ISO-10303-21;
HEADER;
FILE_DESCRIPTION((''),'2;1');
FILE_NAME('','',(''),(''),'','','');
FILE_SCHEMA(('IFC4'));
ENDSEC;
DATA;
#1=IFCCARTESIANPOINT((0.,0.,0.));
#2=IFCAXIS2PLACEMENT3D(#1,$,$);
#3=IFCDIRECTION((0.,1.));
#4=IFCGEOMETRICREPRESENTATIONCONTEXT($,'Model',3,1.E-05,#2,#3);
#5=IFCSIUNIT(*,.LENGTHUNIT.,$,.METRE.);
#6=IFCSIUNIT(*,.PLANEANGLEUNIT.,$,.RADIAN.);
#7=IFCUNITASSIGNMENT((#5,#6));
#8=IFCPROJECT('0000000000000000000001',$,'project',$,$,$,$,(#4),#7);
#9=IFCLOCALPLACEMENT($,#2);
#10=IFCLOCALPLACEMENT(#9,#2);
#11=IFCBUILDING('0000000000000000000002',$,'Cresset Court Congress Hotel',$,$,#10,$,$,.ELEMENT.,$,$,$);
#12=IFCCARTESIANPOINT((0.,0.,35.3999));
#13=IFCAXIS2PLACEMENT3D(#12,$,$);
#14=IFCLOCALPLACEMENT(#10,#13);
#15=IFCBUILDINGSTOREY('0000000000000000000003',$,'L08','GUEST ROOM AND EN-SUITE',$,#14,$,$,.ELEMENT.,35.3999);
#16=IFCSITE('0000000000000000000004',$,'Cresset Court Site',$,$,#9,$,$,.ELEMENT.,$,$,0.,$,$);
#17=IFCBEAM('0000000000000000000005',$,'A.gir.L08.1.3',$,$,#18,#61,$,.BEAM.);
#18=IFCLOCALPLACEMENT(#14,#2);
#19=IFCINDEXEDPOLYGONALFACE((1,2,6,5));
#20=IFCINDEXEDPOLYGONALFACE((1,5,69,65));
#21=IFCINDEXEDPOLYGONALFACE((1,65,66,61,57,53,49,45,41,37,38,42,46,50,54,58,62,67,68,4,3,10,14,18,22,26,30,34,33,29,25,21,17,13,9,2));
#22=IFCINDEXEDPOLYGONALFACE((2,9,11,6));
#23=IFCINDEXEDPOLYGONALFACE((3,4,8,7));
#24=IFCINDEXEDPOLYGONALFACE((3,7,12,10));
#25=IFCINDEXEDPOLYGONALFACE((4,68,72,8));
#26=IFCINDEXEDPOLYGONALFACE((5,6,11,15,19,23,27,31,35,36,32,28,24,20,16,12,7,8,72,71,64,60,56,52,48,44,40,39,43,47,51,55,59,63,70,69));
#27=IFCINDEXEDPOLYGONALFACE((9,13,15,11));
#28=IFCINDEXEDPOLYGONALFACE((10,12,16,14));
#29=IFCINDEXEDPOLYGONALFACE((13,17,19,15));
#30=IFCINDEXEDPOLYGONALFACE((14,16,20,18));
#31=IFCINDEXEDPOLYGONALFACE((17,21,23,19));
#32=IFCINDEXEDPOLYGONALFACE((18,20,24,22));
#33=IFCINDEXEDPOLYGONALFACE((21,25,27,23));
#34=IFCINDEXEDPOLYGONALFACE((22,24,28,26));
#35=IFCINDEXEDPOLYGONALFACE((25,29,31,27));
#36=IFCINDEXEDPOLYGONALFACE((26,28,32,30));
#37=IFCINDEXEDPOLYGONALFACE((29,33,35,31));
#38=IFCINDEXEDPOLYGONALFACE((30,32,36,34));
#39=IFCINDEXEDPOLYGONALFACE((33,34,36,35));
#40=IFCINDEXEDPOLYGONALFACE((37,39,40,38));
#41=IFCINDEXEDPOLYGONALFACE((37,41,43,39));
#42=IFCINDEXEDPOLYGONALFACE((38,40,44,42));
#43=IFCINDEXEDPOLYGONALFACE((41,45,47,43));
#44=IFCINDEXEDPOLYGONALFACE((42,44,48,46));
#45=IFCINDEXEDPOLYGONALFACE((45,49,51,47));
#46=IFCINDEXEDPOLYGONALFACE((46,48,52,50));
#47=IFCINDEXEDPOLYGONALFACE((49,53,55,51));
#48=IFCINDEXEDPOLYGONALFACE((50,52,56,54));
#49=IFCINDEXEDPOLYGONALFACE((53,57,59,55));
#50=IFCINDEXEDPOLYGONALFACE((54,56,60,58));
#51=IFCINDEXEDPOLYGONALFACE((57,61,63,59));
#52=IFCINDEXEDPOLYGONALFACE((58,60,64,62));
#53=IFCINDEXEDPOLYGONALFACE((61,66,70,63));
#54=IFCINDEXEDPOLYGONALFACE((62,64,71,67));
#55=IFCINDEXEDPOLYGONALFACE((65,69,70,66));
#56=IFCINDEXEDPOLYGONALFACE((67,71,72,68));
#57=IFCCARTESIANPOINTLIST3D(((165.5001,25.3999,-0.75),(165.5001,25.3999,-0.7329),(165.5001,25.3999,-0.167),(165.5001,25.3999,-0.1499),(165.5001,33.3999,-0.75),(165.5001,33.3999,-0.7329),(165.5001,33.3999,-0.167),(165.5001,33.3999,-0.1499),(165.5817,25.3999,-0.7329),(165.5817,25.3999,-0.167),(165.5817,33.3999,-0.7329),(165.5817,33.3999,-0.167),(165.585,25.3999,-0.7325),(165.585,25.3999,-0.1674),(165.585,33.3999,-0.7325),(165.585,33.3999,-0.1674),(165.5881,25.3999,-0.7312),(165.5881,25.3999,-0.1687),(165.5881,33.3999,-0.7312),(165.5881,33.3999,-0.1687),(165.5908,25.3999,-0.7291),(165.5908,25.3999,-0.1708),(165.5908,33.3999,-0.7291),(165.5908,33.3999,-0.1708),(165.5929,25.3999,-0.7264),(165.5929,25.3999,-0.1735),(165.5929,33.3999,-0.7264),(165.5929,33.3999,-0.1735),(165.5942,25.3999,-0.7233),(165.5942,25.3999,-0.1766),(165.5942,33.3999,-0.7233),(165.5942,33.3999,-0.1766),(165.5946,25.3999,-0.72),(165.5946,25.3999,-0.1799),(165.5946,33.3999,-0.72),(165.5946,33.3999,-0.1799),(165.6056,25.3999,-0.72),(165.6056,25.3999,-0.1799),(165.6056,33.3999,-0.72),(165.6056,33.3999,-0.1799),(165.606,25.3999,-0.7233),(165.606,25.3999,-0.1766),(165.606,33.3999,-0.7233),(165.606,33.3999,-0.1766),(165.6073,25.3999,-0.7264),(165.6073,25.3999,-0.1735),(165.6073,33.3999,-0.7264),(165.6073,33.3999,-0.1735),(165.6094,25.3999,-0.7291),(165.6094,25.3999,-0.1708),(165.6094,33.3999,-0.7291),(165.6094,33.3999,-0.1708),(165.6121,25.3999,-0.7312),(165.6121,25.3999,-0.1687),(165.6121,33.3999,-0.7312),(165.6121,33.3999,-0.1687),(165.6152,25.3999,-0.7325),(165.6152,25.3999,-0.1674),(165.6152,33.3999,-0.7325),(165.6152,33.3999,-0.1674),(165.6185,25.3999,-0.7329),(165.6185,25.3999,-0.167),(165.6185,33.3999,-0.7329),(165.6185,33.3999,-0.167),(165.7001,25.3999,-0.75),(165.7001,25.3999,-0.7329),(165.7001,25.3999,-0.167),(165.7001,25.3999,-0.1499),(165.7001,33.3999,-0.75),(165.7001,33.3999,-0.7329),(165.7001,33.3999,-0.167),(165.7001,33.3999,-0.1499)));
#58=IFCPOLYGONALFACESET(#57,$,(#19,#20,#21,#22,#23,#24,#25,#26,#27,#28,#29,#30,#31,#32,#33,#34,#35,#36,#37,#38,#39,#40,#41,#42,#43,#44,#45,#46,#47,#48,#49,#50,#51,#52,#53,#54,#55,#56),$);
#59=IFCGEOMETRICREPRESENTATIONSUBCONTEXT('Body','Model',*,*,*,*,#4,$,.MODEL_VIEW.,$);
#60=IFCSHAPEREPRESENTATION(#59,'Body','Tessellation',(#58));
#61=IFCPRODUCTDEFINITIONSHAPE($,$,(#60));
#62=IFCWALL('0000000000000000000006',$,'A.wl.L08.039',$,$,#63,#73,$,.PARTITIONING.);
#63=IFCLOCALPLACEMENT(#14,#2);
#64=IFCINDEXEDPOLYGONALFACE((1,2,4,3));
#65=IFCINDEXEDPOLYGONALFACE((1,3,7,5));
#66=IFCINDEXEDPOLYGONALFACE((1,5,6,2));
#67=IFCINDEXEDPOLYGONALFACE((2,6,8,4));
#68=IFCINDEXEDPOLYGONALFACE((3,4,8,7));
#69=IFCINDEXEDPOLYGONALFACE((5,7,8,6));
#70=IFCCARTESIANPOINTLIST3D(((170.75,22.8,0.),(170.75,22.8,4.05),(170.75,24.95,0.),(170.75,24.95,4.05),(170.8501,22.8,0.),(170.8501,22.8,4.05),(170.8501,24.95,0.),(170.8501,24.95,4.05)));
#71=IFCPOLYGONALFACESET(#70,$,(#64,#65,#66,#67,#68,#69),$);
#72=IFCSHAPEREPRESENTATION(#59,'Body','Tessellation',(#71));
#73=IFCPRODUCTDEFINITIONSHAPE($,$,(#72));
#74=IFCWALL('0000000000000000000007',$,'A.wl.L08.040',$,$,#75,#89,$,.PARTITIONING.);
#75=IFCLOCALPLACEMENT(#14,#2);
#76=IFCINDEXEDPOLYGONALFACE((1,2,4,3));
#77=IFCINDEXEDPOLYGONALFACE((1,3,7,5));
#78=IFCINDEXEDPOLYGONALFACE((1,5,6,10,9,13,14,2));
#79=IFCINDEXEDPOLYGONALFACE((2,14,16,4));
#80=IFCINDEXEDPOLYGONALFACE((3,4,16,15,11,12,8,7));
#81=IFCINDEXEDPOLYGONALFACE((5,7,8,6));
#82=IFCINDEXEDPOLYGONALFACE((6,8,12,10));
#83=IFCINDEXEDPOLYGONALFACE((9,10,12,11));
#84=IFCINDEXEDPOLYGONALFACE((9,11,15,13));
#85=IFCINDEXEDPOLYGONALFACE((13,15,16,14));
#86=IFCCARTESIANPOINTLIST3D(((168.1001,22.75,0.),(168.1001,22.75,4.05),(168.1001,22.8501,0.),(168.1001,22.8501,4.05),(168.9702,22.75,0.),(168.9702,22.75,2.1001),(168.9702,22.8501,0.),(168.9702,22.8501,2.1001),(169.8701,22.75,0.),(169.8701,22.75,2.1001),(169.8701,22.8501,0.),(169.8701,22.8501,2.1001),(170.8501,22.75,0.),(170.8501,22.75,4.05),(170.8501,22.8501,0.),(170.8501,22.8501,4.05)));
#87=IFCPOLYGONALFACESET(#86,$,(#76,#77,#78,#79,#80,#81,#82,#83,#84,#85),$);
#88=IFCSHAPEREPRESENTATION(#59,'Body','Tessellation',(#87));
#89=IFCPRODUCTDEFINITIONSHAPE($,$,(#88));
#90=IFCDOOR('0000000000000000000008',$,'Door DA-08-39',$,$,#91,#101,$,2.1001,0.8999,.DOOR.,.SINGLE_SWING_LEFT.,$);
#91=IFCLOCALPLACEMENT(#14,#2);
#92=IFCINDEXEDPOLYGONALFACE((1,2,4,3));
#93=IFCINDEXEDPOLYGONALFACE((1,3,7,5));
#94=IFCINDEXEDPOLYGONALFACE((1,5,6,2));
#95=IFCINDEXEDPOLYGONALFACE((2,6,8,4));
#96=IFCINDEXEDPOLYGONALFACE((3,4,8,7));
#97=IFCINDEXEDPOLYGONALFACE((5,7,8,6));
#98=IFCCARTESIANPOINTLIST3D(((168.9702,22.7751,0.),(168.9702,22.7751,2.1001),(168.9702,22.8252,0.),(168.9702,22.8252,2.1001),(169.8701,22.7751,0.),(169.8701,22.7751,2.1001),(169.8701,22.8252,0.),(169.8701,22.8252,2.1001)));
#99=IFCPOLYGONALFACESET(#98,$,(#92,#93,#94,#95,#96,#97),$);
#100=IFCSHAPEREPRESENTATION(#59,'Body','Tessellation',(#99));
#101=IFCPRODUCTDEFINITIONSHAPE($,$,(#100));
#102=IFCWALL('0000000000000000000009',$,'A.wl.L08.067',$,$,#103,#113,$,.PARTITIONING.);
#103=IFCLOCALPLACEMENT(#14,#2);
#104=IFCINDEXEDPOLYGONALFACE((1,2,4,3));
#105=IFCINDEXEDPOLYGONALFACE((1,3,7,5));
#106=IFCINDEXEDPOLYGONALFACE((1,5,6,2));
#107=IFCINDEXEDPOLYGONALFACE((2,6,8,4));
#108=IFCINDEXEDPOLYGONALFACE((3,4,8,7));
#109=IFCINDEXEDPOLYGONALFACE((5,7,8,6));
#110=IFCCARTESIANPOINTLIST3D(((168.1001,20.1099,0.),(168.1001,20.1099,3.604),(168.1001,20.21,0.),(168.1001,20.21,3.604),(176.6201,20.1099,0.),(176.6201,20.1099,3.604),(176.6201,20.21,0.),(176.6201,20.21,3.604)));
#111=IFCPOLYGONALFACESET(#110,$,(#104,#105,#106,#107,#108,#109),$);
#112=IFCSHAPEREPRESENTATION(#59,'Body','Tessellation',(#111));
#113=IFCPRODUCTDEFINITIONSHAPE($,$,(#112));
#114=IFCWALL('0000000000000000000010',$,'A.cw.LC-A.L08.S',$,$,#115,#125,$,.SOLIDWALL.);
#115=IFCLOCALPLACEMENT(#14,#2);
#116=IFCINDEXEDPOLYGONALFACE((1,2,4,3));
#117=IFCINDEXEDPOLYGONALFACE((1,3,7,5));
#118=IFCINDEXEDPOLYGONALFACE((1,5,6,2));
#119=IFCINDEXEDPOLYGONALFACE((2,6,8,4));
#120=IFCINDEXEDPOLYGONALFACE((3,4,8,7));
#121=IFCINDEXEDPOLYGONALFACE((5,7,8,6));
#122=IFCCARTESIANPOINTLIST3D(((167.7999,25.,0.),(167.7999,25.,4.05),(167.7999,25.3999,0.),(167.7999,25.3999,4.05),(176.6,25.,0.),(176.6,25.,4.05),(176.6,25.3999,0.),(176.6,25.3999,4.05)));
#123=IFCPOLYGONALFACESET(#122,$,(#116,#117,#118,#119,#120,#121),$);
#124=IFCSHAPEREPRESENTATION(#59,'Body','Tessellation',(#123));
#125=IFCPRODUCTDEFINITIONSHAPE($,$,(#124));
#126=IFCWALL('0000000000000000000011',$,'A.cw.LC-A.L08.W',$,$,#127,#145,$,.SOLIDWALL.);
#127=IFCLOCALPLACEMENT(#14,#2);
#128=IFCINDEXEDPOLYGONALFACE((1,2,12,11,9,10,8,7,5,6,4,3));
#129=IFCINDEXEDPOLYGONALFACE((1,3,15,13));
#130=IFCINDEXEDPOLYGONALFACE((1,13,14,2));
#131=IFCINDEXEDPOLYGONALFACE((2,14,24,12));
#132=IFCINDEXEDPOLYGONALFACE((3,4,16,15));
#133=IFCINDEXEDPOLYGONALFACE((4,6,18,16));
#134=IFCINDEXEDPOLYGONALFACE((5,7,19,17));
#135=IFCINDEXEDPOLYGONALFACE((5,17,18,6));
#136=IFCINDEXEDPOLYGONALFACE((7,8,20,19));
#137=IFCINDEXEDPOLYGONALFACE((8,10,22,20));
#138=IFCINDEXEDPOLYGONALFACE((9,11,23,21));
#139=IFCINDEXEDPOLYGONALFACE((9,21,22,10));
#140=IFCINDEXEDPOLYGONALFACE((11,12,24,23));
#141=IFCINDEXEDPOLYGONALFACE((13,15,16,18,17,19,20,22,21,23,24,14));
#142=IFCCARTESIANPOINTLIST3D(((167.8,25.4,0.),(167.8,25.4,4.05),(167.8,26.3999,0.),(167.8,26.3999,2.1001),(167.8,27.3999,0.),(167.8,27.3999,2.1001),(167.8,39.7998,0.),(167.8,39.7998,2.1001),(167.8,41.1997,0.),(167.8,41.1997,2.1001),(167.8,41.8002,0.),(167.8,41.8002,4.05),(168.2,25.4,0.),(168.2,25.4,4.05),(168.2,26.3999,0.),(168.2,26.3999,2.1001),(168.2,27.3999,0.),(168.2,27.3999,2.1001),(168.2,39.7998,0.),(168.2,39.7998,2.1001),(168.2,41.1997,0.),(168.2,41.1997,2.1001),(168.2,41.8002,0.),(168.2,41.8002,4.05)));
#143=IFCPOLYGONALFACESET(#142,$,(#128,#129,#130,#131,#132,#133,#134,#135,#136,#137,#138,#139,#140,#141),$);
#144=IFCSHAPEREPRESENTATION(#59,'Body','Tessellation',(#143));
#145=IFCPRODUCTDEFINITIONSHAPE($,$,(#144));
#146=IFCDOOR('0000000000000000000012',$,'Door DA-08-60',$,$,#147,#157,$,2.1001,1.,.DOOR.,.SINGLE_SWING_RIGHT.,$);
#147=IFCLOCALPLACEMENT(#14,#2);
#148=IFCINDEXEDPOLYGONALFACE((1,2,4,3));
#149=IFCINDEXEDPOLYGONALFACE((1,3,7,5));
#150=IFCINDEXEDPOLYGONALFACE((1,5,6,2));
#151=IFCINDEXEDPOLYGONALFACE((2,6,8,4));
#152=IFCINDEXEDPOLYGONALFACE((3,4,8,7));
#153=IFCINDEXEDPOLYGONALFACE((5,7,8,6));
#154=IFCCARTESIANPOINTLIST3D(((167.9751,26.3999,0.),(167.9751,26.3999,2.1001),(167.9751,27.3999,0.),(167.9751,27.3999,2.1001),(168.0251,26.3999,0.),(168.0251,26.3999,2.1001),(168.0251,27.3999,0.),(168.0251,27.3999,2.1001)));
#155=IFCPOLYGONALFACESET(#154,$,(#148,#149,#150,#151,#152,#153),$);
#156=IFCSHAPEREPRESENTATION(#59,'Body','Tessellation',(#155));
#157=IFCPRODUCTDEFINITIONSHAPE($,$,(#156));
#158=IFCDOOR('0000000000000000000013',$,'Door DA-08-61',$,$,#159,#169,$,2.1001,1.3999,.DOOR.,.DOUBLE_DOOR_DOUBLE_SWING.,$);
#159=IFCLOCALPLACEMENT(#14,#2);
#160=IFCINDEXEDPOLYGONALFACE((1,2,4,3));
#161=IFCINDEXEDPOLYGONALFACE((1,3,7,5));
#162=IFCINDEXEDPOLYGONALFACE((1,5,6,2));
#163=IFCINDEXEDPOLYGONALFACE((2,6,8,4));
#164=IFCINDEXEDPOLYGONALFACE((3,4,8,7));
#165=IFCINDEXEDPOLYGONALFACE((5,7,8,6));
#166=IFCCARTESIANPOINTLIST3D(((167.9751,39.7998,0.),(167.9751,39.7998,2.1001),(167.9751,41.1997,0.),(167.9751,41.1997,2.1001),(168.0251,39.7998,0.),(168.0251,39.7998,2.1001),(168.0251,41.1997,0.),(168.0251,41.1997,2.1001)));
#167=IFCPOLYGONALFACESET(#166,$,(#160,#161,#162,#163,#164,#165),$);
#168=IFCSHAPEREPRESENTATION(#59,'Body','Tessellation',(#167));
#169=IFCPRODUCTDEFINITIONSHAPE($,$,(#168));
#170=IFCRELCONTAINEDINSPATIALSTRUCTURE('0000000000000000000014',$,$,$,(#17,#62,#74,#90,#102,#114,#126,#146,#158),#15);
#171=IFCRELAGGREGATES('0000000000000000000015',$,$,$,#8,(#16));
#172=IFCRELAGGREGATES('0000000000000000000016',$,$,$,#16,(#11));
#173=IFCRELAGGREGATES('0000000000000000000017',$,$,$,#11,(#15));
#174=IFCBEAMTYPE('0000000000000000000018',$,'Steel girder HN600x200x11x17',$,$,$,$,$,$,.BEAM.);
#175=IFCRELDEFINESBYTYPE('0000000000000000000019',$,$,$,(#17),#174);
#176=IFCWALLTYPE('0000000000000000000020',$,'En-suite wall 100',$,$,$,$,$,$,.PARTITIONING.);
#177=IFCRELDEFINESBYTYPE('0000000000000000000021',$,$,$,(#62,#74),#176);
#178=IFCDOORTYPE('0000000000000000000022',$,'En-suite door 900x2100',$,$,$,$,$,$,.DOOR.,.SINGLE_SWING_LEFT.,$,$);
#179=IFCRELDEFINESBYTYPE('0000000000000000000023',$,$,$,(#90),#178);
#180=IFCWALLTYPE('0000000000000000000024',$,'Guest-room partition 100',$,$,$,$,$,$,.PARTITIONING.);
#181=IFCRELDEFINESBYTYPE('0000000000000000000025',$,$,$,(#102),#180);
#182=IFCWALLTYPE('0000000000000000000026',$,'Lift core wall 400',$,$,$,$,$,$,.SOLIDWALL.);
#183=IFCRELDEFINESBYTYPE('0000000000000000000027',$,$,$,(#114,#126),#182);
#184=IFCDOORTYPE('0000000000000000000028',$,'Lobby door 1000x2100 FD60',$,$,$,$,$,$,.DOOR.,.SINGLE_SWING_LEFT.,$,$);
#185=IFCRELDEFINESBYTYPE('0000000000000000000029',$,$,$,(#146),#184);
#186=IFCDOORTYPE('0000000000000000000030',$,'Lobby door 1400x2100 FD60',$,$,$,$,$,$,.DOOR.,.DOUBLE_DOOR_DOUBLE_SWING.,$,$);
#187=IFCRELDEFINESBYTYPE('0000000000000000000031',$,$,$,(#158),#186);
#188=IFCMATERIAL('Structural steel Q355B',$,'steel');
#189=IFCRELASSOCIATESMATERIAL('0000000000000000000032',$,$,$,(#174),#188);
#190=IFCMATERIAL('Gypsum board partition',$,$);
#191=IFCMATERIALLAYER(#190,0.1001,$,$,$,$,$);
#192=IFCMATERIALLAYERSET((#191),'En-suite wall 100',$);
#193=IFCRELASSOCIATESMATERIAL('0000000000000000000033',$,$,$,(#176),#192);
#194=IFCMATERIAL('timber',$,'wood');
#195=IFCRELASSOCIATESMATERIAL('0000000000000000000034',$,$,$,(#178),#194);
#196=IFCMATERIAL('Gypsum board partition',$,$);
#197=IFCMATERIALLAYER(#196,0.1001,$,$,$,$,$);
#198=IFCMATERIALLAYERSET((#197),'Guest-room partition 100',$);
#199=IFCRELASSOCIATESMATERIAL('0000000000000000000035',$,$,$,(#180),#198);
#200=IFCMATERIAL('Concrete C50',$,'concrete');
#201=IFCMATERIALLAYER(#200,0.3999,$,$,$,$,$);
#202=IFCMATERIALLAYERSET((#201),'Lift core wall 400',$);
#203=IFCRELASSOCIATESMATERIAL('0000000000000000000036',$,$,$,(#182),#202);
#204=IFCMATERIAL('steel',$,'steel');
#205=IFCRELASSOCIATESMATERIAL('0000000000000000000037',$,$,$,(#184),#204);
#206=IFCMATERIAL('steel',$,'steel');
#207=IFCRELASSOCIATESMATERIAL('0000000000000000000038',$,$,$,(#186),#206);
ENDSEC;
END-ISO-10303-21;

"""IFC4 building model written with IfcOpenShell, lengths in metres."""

from ifc_helpers import new_model, si_unit, direction, frame, frame_2d, origin, origin_2d, place, context, subcontext, project, spatial, rectangle, i_section, extrude, material, layer, layer_set, material_profile, profile_set, type_object, element, fill, save


model = new_model("IFC4")

# Units and contexts
model_context = context("Model", 3, precision=1e-05, world=origin(), true_north=direction((0.0, 1.0)))
body_context = subcontext(model_context, "Body", "Model", "MODEL_VIEW")
ifc_project = project(units=[si_unit("LENGTHUNIT", "METRE"), si_unit("PLANEANGLEUNIT", "RADIAN")], contexts=[model_context])

# Site, building, storey
site_placement = place(None, origin())
site = spatial("IfcSite", under=ifc_project, at=site_placement, Name="Cresset Court Site", CompositionType="ELEMENT", RefElevation=0.0)
building_placement = place(site_placement, origin())
building = spatial("IfcBuilding", under=site, at=building_placement, Name="Cresset Court Congress Hotel", CompositionType="ELEMENT")
storey_placement = place(building_placement, frame((0.0, 0.0, 35.3999)))
storey = spatial("IfcBuildingStorey", under=building, at=storey_placement, Name="L08", Description="GUEST ROOM AND EN-SUITE", CompositionType="ELEMENT", Elevation=35.3999)

# Beam
ifc_material_1 = material(Name="Structural steel Q355B", Category="steel")
ifc_material_profile_1 = material_profile(ifc_material_1, i_section(OverallWidth=0.2, OverallDepth=0.6001, WebThickness=0.011, FlangeThickness=0.0171, FilletRadius=0.0129, at=origin_2d()), Name="HN600x200x11x17")
ifc_profile_set_1 = profile_set([ifc_material_profile_1], Name="Structural steel Q355B")
beam_type_1 = type_object("IfcBeamType", Name="Steel girder HN600x200x11x17", PredefinedType="BEAM", material=ifc_profile_set_1)
beam_1_placement = place(storey_placement, frame((165.6001, 25.3999, -0.45), z_axis=(0.0, 1.0, 0.0), x_axis=(-1.0, 0.0, 0.0)))
element("IfcBeam", 1, at=beam_1_placement, inside=storey, type_object=beam_type_1, Name="A.gir.L08.1.3", PredefinedType="BEAM", context=body_context, shape_type="SweptSolid", body=[
    extrude(i_section(OverallWidth=0.2, OverallDepth=0.6001, WebThickness=0.011, FlangeThickness=0.0171, FilletRadius=0.0129, at=origin_2d()), origin(), (0.0, 0.0, 1.0), 8.0),
])

# Wall
ifc_material_2 = material(Name="Gypsum board partition")
ifc_layer_1 = layer(ifc_material_2, 0.1001)
ifc_layer_set_1 = layer_set([ifc_layer_1], Name="En-suite wall 100")
wall_type_1 = type_object("IfcWallType", Name="En-suite wall 100", PredefinedType="PARTITIONING", material=ifc_layer_set_1)
wall_1_placement = place(storey_placement, frame((170.8, 22.8, 0.0), z_axis=(0.0, 0.0, 1.0), x_axis=(0.0, 1.0, 0.0)))
element("IfcWall", 2, at=wall_1_placement, inside=storey, type_object=wall_type_1, Name="A.wl.L08.039", PredefinedType="PARTITIONING", context=body_context, shape_type="SweptSolid", body=[
    extrude(rectangle(XDim=2.1499, YDim=0.1001, at=frame_2d((1.075, 0.0))), origin(), (0.0, 0.0, 1.0), 4.05),
])

# Wall, opening, door
wall_2_placement = place(storey_placement, frame((170.8501, 22.8, 0.0), z_axis=(0.0, 0.0, 1.0), x_axis=(-1.0, 0.0, 0.0)))
wall_2 = element("IfcWall", 3, at=wall_2_placement, inside=storey, type_object=wall_type_1, Name="A.wl.L08.040", PredefinedType="PARTITIONING", context=body_context, shape_type="SweptSolid", body=[
    extrude(rectangle(XDim=2.75, YDim=0.1001, at=frame_2d((1.375, 0.0))), origin(), (0.0, 0.0, 1.0), 4.05),
])
opening_1_placement = place(wall_2_placement, frame((0.98, 0.0, 0.0)))
opening_1 = element("IfcOpeningElement", 4, at=opening_1_placement, cuts=wall_2, PredefinedType="OPENING", context=body_context, shape_type="SweptSolid", body=[
    extrude(rectangle(XDim=0.8999, YDim=2.1001, at=frame_2d((0.45, 1.05))), frame((0.0, 0.0601, 0.0), z_axis=(0.0, -1.0, 0.0), x_axis=(1.0, 0.0, 0.0)), (0.0, 0.0, 1.0), 0.1201),
])
ifc_material_3 = material(Name="timber", Category="wood")
door_type_1 = type_object("IfcDoorType", Name="En-suite door 900x2100", OperationType="SINGLE_SWING_LEFT", PredefinedType="DOOR", material=ifc_material_3)
door_1_placement = place(opening_1_placement, origin())
door_1 = element("IfcDoor", 5, at=door_1_placement, inside=storey, type_object=door_type_1, Name="Door DA-08-39", OperationType="SINGLE_SWING_LEFT", OverallHeight=2.1001, OverallWidth=0.8999, PredefinedType="DOOR", context=body_context, shape_type="SweptSolid", body=[
    extrude(rectangle(XDim=0.8999, YDim=2.1001, at=frame_2d((0.45, 1.05))), frame((0.0, 0.0249, 0.0), z_axis=(0.0, -1.0, 0.0), x_axis=(1.0, 0.0, 0.0)), (0.0, 0.0, 1.0), 0.05),
])
fill(opening_1, door_1)

# Walls
ifc_material_4 = material(Name="Gypsum board partition")
ifc_layer_2 = layer(ifc_material_4, 0.1001)
ifc_layer_set_2 = layer_set([ifc_layer_2], Name="Guest-room partition 100")
wall_type_2 = type_object("IfcWallType", Name="Guest-room partition 100", PredefinedType="PARTITIONING", material=ifc_layer_set_2)
wall_3_placement = place(storey_placement, frame((168.1001, 20.1599, 0.0), z_axis=(0.0, 0.0, 1.0), x_axis=(1.0, 0.0, 0.0)))
element("IfcWall", 6, at=wall_3_placement, inside=storey, type_object=wall_type_2, Name="A.wl.L08.067", PredefinedType="PARTITIONING", context=body_context, shape_type="SweptSolid", body=[
    extrude(rectangle(XDim=8.52, YDim=0.1001, at=frame_2d((4.26, 0.0))), origin(), (0.0, 0.0, 1.0), 3.604),
])
ifc_material_5 = material(Name="Concrete C50", Category="concrete")
ifc_layer_3 = layer(ifc_material_5, 0.3999)
ifc_layer_set_3 = layer_set([ifc_layer_3], Name="Lift core wall 400")
wall_type_3 = type_object("IfcWallType", Name="Lift core wall 400", PredefinedType="SOLIDWALL", material=ifc_layer_set_3)
wall_4_placement = place(storey_placement, frame((167.8, 25.2, 0.0), z_axis=(0.0, 0.0, 1.0), x_axis=(1.0, 0.0, 0.0)))
element("IfcWall", 7, at=wall_4_placement, inside=storey, type_object=wall_type_3, Name="A.cw.LC-A.L08.S", PredefinedType="SOLIDWALL", context=body_context, shape_type="SweptSolid", body=[
    extrude(rectangle(XDim=8.8, YDim=0.3999, at=frame_2d((4.3999, 0.0))), origin(), (0.0, 0.0, 1.0), 4.05),
])

# Wall, openings, doors
wall_5_placement = place(storey_placement, frame((168.0, 25.3999, 0.0), z_axis=(0.0, 0.0, 1.0), x_axis=(0.0, 1.0, 0.0)))
wall_5 = element("IfcWall", 8, at=wall_5_placement, inside=storey, type_object=wall_type_3, Name="A.cw.LC-A.L08.W", PredefinedType="SOLIDWALL", context=body_context, shape_type="SweptSolid", body=[
    extrude(rectangle(XDim=16.4001, YDim=0.3999, at=frame_2d((8.2002, 0.0))), origin(), (0.0, 0.0, 1.0), 4.05),
])
opening_2_placement = place(wall_5_placement, frame((1.0, 0.0, 0.0)))
opening_2 = element("IfcOpeningElement", 9, at=opening_2_placement, cuts=wall_5, PredefinedType="OPENING", context=body_context, shape_type="SweptSolid", body=[
    extrude(rectangle(XDim=1.0, YDim=2.1001, at=frame_2d((0.5, 1.05))), frame((0.0, 0.21, 0.0), z_axis=(0.0, -1.0, 0.0), x_axis=(1.0, 0.0, 0.0)), (0.0, 0.0, 1.0), 0.4199),
])
opening_3_placement = place(wall_5_placement, frame((14.3999, 0.0, 0.0)))
opening_3 = element("IfcOpeningElement", 10, at=opening_3_placement, cuts=wall_5, PredefinedType="OPENING", context=body_context, shape_type="SweptSolid", body=[
    extrude(rectangle(XDim=1.3999, YDim=2.1001, at=frame_2d((0.7, 1.05))), frame((0.0, 0.21, 0.0), z_axis=(0.0, -1.0, 0.0), x_axis=(1.0, 0.0, 0.0)), (0.0, 0.0, 1.0), 0.4199),
])
ifc_material_6 = material(Name="steel", Category="steel")
door_type_2 = type_object("IfcDoorType", Name="Lobby door 1000x2100 FD60", OperationType="SINGLE_SWING_LEFT", PredefinedType="DOOR", material=ifc_material_6)
door_2_placement = place(opening_2_placement, origin())
door_2 = element("IfcDoor", 11, at=door_2_placement, inside=storey, type_object=door_type_2, Name="Door DA-08-60", OperationType="SINGLE_SWING_RIGHT", OverallHeight=2.1001, OverallWidth=1.0, PredefinedType="DOOR", context=body_context, shape_type="SweptSolid", body=[
    extrude(rectangle(XDim=1.0, YDim=2.1001, at=frame_2d((0.5, 1.05))), frame((0.0, 0.0249, 0.0), z_axis=(0.0, -1.0, 0.0), x_axis=(1.0, 0.0, 0.0)), (0.0, 0.0, 1.0), 0.05),
])
fill(opening_2, door_2)
ifc_material_7 = material(Name="steel", Category="steel")
door_type_3 = type_object("IfcDoorType", Name="Lobby door 1400x2100 FD60", OperationType="DOUBLE_DOOR_DOUBLE_SWING", PredefinedType="DOOR", material=ifc_material_7)
door_3_placement = place(opening_3_placement, origin())
door_3 = element("IfcDoor", 12, at=door_3_placement, inside=storey, type_object=door_type_3, Name="Door DA-08-61", OperationType="DOUBLE_DOOR_DOUBLE_SWING", OverallHeight=2.1001, OverallWidth=1.3999, PredefinedType="DOOR", context=body_context, shape_type="SweptSolid", body=[
    extrude(rectangle(XDim=1.3999, YDim=2.1001, at=frame_2d((0.7, 1.05))), frame((0.0, 0.0249, 0.0), z_axis=(0.0, -1.0, 0.0), x_axis=(1.0, 0.0, 0.0)), (0.0, 0.0, 1.0), 0.05),
])
fill(opening_3, door_3)

save(model, "model.ifc")
